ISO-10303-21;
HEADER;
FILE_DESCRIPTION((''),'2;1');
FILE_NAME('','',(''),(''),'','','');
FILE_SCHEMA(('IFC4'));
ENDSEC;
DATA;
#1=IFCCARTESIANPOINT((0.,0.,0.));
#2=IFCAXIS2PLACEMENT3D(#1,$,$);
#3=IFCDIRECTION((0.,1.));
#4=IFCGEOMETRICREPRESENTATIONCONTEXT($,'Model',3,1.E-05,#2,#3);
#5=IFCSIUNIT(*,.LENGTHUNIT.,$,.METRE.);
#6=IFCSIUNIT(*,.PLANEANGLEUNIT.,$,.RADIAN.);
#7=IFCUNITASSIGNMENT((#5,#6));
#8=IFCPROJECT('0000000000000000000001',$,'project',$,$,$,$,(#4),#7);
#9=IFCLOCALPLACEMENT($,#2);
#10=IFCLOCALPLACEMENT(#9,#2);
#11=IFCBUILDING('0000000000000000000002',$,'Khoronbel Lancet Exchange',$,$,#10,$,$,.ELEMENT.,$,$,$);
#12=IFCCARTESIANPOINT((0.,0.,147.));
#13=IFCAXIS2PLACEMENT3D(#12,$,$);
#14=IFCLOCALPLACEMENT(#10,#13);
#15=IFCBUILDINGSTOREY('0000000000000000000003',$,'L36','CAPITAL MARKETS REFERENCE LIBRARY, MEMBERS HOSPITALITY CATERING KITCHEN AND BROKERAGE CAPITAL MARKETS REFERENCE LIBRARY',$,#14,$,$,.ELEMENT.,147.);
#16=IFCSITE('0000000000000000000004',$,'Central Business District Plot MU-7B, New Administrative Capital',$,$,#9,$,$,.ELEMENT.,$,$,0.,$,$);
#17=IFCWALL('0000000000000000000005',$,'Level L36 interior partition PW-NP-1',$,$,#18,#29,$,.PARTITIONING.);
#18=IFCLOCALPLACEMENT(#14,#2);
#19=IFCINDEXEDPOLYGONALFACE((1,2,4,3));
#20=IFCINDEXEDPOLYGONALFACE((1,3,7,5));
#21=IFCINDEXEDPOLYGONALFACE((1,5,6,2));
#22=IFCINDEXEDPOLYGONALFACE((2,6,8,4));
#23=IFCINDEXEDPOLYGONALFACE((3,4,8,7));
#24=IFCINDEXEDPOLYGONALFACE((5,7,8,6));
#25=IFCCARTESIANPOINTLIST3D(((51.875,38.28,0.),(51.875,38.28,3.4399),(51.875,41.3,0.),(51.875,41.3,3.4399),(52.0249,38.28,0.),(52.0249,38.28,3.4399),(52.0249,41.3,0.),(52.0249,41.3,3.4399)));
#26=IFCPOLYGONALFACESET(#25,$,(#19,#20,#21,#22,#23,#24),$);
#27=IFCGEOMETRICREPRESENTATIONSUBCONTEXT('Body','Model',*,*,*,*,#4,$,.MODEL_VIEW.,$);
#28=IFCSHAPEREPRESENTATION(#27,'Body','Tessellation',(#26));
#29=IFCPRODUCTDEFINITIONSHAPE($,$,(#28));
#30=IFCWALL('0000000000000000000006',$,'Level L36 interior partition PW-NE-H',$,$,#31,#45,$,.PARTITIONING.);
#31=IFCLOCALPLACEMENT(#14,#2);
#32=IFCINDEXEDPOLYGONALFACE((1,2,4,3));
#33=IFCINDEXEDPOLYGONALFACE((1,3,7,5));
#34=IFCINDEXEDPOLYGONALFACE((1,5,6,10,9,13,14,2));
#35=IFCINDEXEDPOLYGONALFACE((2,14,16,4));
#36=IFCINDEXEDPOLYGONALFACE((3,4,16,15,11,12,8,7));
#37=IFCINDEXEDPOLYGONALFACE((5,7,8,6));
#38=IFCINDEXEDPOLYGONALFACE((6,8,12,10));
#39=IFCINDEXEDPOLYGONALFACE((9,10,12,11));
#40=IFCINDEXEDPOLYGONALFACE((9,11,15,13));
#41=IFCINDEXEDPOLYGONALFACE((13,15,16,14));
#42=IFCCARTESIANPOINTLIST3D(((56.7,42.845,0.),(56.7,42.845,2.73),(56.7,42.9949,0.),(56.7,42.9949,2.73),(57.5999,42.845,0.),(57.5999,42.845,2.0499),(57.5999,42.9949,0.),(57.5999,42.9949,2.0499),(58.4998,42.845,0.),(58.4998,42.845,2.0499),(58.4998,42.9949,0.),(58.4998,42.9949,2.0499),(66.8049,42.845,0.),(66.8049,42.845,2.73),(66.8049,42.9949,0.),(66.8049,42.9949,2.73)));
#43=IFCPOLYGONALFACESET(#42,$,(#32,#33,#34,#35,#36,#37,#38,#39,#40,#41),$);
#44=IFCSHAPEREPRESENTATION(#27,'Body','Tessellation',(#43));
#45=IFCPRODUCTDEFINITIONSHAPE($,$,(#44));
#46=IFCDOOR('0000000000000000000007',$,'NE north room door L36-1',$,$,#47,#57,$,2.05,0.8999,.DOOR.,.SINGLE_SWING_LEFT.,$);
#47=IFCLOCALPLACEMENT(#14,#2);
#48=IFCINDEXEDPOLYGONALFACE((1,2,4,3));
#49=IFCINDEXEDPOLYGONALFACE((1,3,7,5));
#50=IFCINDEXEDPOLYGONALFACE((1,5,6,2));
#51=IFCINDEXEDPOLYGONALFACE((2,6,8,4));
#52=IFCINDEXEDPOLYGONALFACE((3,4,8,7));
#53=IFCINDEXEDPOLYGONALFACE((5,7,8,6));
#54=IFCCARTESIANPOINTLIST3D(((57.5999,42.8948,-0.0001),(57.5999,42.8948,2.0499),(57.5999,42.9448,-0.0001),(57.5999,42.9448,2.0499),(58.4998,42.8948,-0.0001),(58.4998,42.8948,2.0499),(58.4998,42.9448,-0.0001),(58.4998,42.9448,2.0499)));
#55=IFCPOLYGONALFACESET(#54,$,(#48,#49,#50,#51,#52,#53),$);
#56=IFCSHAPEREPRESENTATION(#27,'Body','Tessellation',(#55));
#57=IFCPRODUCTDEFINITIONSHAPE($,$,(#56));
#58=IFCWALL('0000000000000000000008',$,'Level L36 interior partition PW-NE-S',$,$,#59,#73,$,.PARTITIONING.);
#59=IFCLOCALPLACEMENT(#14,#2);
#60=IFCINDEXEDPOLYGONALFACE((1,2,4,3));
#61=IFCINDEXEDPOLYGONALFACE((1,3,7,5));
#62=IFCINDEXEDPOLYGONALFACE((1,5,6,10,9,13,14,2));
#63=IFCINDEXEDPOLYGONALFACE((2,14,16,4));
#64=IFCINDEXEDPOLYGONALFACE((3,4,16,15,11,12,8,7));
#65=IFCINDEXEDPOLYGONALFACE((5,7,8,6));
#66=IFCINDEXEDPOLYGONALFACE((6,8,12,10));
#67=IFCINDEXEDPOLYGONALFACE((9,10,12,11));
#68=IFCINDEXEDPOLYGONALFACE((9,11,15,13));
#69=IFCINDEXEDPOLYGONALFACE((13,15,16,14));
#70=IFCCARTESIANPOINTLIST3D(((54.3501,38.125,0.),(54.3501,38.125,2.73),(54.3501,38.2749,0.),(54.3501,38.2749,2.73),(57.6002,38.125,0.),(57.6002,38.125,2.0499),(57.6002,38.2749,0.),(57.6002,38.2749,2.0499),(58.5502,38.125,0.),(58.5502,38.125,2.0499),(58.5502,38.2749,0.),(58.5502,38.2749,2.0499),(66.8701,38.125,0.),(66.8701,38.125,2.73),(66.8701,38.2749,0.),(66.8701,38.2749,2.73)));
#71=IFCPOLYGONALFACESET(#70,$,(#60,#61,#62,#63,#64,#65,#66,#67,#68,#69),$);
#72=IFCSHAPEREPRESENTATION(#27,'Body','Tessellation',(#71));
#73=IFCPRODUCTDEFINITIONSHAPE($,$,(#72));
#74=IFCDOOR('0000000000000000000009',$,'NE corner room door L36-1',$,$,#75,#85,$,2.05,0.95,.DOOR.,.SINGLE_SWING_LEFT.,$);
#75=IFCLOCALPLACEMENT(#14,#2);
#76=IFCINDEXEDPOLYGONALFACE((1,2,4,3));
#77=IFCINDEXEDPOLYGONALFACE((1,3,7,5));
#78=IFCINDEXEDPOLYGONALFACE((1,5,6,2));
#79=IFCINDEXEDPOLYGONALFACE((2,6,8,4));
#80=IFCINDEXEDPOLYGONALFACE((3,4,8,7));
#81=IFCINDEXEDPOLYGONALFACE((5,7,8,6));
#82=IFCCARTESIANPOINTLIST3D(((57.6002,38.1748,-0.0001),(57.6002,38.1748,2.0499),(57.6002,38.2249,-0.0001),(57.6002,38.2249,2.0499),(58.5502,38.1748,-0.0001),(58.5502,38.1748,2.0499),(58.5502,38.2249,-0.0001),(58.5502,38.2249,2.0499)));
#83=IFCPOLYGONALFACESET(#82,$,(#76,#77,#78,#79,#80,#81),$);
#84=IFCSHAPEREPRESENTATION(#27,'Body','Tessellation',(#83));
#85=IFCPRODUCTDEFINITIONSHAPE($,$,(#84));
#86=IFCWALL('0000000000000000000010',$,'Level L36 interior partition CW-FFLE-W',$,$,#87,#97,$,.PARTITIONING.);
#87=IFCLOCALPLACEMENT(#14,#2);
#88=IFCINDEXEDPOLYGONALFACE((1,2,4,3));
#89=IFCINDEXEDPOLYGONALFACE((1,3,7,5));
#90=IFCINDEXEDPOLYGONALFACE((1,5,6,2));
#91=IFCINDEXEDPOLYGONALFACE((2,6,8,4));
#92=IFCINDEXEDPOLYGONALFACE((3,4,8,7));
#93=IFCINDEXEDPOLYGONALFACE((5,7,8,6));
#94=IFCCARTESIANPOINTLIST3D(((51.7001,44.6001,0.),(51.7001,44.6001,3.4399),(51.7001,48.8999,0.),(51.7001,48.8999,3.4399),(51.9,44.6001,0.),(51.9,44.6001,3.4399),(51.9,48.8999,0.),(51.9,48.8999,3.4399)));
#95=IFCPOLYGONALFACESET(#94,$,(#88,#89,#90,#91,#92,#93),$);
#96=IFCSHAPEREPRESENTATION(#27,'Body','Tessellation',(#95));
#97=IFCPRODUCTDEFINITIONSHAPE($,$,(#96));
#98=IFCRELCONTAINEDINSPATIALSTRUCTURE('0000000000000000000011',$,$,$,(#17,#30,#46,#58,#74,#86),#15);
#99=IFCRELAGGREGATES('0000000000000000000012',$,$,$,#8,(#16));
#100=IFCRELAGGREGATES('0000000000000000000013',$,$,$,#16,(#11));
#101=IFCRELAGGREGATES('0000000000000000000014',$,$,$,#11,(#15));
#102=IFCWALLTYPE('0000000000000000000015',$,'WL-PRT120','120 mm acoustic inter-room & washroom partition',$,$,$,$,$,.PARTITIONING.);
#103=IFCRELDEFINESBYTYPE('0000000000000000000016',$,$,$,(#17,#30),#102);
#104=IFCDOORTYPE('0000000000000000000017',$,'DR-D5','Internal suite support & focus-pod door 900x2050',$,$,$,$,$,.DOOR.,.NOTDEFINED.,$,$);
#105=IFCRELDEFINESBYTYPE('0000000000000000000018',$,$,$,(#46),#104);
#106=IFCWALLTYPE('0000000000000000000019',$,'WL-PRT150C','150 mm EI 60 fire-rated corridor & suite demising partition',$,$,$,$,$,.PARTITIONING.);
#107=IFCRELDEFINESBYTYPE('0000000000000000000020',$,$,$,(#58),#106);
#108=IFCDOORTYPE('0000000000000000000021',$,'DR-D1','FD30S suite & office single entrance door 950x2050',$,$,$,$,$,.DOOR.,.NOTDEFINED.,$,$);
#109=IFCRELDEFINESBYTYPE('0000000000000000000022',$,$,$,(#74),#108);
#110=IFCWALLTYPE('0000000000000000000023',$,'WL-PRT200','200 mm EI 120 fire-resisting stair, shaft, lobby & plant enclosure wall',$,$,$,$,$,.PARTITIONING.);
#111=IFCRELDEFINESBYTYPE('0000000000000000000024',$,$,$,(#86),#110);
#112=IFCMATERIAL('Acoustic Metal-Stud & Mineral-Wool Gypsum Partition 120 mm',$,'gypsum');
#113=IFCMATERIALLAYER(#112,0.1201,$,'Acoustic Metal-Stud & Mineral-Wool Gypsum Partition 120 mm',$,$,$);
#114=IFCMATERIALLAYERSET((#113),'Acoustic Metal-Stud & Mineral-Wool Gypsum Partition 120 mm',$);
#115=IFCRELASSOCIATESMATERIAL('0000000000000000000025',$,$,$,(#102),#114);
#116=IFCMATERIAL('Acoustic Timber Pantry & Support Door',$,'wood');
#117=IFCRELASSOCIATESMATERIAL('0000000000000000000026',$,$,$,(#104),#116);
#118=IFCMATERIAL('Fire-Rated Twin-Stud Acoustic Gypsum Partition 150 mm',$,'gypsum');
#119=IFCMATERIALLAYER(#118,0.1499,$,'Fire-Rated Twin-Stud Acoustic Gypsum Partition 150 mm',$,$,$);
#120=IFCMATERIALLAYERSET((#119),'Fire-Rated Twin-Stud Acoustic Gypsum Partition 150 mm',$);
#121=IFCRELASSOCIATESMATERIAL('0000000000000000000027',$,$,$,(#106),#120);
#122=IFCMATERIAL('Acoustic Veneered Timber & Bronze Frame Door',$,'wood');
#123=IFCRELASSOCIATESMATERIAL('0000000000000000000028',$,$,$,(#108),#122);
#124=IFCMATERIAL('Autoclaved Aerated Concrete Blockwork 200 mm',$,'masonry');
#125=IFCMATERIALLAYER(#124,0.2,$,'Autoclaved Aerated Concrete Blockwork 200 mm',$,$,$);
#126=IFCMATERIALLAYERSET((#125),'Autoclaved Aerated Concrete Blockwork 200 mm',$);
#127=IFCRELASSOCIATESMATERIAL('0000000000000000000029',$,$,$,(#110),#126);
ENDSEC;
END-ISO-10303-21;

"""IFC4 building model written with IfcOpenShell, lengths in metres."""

from ifc_helpers import new_model, si_unit, direction, frame, frame_2d, origin, place, context, subcontext, project, spatial, rectangle, extrude, material, layer, layer_set, type_object, element, fill, save


model = new_model("IFC4")

# Units and contexts
model_context = context("Model", 3, precision=1e-05, world=origin(), true_north=direction((0.0, 1.0)))
body_context = subcontext(model_context, "Body", "Model", "MODEL_VIEW")
ifc_project = project(units=[si_unit("LENGTHUNIT", "METRE"), si_unit("PLANEANGLEUNIT", "RADIAN")], contexts=[model_context])

# Site, building, storey
site_placement = place(None, origin())
site = spatial("IfcSite", under=ifc_project, at=site_placement, Name="Central Business District Plot MU-7B, New Administrative Capital", CompositionType="ELEMENT", RefElevation=0.0)
building_placement = place(site_placement, origin())
building = spatial("IfcBuilding", under=site, at=building_placement, Name="Khoronbel Lancet Exchange", CompositionType="ELEMENT")
storey_placement = place(building_placement, frame((0.0, 0.0, 147.0)))
storey = spatial("IfcBuildingStorey", under=building, at=storey_placement, Name="L36", Description="CAPITAL MARKETS REFERENCE LIBRARY, MEMBERS HOSPITALITY CATERING KITCHEN AND BROKERAGE CAPITAL MARKETS REFERENCE LIBRARY", CompositionType="ELEMENT", Elevation=147.0)

# Wall
ifc_material_1 = material(Name="Acoustic Metal-Stud & Mineral-Wool Gypsum Partition 120 mm", Category="gypsum")
ifc_layer_1 = layer(ifc_material_1, 0.1201, Name="Acoustic Metal-Stud & Mineral-Wool Gypsum Partition 120 mm")
ifc_layer_set_1 = layer_set([ifc_layer_1], Name="Acoustic Metal-Stud & Mineral-Wool Gypsum Partition 120 mm")
wall_type_1 = type_object("IfcWallType", Name="WL-PRT120", Description="120 mm acoustic inter-room & washroom partition", PredefinedType="PARTITIONING", material=ifc_layer_set_1)
wall_1_placement = place(storey_placement, frame((51.95, 38.28, 0.0), z_axis=(0.0, 0.0, 1.0), x_axis=(0.0, 1.0, 0.0)))
element("IfcWall", 1, at=wall_1_placement, inside=storey, type_object=wall_type_1, Name="Level L36 interior partition PW-NP-1", PredefinedType="PARTITIONING", context=body_context, shape_type="SweptSolid", body=[
    extrude(rectangle(XDim=3.02, YDim=0.1499, at=frame_2d((1.51, 0.0))), origin(), (0.0, 0.0, 1.0), 3.4399),
])

# Walls, openings, doors
wall_2_placement = place(storey_placement, frame((56.7, 42.9199, 0.0), z_axis=(0.0, 0.0, 1.0), x_axis=(1.0, 0.0, 0.0)))
wall_2 = element("IfcWall", 2, at=wall_2_placement, inside=storey, type_object=wall_type_1, Name="Level L36 interior partition PW-NE-H", PredefinedType="PARTITIONING", context=body_context, shape_type="SweptSolid", body=[
    extrude(rectangle(XDim=10.105, YDim=0.1499, at=frame_2d((5.0525, 0.0))), origin(), (0.0, 0.0, 1.0), 2.73),
])
opening_1_placement = place(wall_2_placement, frame((0.8999, 0.0, 0.0)))
opening_1 = element("IfcOpeningElement", 3, at=opening_1_placement, cuts=wall_2, PredefinedType="OPENING", context=body_context, shape_type="SweptSolid", body=[
    extrude(rectangle(XDim=0.8999, YDim=2.05, at=frame_2d((0.45, 1.0249))), frame((0.0, 0.085, 0.0), z_axis=(0.0, -1.0, 0.0), x_axis=(1.0, 0.0, 0.0)), (0.0, 0.0, 1.0), 0.1699),
])
ifc_material_2 = material(Name="Acoustic Timber Pantry & Support Door", Category="wood")
door_type_1 = type_object("IfcDoorType", Name="DR-D5", Description="Internal suite support & focus-pod door 900x2050", OperationType="NOTDEFINED", PredefinedType="DOOR", material=ifc_material_2)
door_1_placement = place(opening_1_placement, origin())
door_1 = element("IfcDoor", 4, at=door_1_placement, inside=storey, type_object=door_type_1, Name="NE north room door L36-1", OperationType="SINGLE_SWING_LEFT", OverallHeight=2.05, OverallWidth=0.8999, PredefinedType="DOOR", context=body_context, shape_type="SweptSolid", body=[
    extrude(rectangle(XDim=0.8999, YDim=2.05, at=frame_2d((0.45, 1.0249))), frame((0.0, 0.0249, 0.0), z_axis=(0.0, -1.0, 0.0), x_axis=(1.0, 0.0, 0.0)), (0.0, 0.0, 1.0), 0.05),
])
fill(opening_1, door_1)
ifc_material_3 = material(Name="Fire-Rated Twin-Stud Acoustic Gypsum Partition 150 mm", Category="gypsum")
ifc_layer_2 = layer(ifc_material_3, 0.1499, Name="Fire-Rated Twin-Stud Acoustic Gypsum Partition 150 mm")
ifc_layer_set_2 = layer_set([ifc_layer_2], Name="Fire-Rated Twin-Stud Acoustic Gypsum Partition 150 mm")
wall_type_2 = type_object("IfcWallType", Name="WL-PRT150C", Description="150 mm EI 60 fire-rated corridor & suite demising partition", PredefinedType="PARTITIONING", material=ifc_layer_set_2)
wall_3_placement = place(storey_placement, frame((54.3501, 38.2, 0.0), z_axis=(0.0, 0.0, 1.0), x_axis=(1.0, 0.0, 0.0)))
wall_3 = element("IfcWall", 5, at=wall_3_placement, inside=storey, type_object=wall_type_2, Name="Level L36 interior partition PW-NE-S", PredefinedType="PARTITIONING", context=body_context, shape_type="SweptSolid", body=[
    extrude(rectangle(XDim=12.52, YDim=0.1499, at=frame_2d((6.26, 0.0))), origin(), (0.0, 0.0, 1.0), 2.73),
])
opening_2_placement = place(wall_3_placement, frame((3.25, 0.0, 0.0)))
opening_2 = element("IfcOpeningElement", 6, at=opening_2_placement, cuts=wall_3, PredefinedType="OPENING", context=body_context, shape_type="SweptSolid", body=[
    extrude(rectangle(XDim=0.95, YDim=2.05, at=frame_2d((0.4751, 1.0249))), frame((0.0, 0.085, 0.0), z_axis=(0.0, -1.0, 0.0), x_axis=(1.0, 0.0, 0.0)), (0.0, 0.0, 1.0), 0.1699),
])
ifc_material_4 = material(Name="Acoustic Veneered Timber & Bronze Frame Door", Category="wood")
door_type_2 = type_object("IfcDoorType", Name="DR-D1", Description="FD30S suite & office single entrance door 950x2050", OperationType="NOTDEFINED", PredefinedType="DOOR", material=ifc_material_4)
door_2_placement = place(opening_2_placement, origin())
door_2 = element("IfcDoor", 7, at=door_2_placement, inside=storey, type_object=door_type_2, Name="NE corner room door L36-1", OperationType="SINGLE_SWING_LEFT", OverallHeight=2.05, OverallWidth=0.95, PredefinedType="DOOR", context=body_context, shape_type="SweptSolid", body=[
    extrude(rectangle(XDim=0.95, YDim=2.05, at=frame_2d((0.4751, 1.0249))), frame((0.0, 0.0249, 0.0), z_axis=(0.0, -1.0, 0.0), x_axis=(1.0, 0.0, 0.0)), (0.0, 0.0, 1.0), 0.05),
])
fill(opening_2, door_2)

# Wall
ifc_material_5 = material(Name="Autoclaved Aerated Concrete Blockwork 200 mm", Category="masonry")
ifc_layer_3 = layer(ifc_material_5, 0.2, Name="Autoclaved Aerated Concrete Blockwork 200 mm")
ifc_layer_set_3 = layer_set([ifc_layer_3], Name="Autoclaved Aerated Concrete Blockwork 200 mm")
wall_type_3 = type_object("IfcWallType", Name="WL-PRT200", Description="200 mm EI 120 fire-resisting stair, shaft, lobby & plant enclosure wall", PredefinedType="PARTITIONING", material=ifc_layer_set_3)
wall_4_placement = place(storey_placement, frame((51.8, 44.6001, 0.0), z_axis=(0.0, 0.0, 1.0), x_axis=(0.0, 1.0, 0.0)))
element("IfcWall", 8, at=wall_4_placement, inside=storey, type_object=wall_type_3, Name="Level L36 interior partition CW-FFLE-W", PredefinedType="PARTITIONING", context=body_context, shape_type="SweptSolid", body=[
    extrude(rectangle(XDim=4.2998, YDim=0.2, at=frame_2d((2.1499, 0.0))), origin(), (0.0, 0.0, 1.0), 3.4399),
])

save(model, "model.ifc")
